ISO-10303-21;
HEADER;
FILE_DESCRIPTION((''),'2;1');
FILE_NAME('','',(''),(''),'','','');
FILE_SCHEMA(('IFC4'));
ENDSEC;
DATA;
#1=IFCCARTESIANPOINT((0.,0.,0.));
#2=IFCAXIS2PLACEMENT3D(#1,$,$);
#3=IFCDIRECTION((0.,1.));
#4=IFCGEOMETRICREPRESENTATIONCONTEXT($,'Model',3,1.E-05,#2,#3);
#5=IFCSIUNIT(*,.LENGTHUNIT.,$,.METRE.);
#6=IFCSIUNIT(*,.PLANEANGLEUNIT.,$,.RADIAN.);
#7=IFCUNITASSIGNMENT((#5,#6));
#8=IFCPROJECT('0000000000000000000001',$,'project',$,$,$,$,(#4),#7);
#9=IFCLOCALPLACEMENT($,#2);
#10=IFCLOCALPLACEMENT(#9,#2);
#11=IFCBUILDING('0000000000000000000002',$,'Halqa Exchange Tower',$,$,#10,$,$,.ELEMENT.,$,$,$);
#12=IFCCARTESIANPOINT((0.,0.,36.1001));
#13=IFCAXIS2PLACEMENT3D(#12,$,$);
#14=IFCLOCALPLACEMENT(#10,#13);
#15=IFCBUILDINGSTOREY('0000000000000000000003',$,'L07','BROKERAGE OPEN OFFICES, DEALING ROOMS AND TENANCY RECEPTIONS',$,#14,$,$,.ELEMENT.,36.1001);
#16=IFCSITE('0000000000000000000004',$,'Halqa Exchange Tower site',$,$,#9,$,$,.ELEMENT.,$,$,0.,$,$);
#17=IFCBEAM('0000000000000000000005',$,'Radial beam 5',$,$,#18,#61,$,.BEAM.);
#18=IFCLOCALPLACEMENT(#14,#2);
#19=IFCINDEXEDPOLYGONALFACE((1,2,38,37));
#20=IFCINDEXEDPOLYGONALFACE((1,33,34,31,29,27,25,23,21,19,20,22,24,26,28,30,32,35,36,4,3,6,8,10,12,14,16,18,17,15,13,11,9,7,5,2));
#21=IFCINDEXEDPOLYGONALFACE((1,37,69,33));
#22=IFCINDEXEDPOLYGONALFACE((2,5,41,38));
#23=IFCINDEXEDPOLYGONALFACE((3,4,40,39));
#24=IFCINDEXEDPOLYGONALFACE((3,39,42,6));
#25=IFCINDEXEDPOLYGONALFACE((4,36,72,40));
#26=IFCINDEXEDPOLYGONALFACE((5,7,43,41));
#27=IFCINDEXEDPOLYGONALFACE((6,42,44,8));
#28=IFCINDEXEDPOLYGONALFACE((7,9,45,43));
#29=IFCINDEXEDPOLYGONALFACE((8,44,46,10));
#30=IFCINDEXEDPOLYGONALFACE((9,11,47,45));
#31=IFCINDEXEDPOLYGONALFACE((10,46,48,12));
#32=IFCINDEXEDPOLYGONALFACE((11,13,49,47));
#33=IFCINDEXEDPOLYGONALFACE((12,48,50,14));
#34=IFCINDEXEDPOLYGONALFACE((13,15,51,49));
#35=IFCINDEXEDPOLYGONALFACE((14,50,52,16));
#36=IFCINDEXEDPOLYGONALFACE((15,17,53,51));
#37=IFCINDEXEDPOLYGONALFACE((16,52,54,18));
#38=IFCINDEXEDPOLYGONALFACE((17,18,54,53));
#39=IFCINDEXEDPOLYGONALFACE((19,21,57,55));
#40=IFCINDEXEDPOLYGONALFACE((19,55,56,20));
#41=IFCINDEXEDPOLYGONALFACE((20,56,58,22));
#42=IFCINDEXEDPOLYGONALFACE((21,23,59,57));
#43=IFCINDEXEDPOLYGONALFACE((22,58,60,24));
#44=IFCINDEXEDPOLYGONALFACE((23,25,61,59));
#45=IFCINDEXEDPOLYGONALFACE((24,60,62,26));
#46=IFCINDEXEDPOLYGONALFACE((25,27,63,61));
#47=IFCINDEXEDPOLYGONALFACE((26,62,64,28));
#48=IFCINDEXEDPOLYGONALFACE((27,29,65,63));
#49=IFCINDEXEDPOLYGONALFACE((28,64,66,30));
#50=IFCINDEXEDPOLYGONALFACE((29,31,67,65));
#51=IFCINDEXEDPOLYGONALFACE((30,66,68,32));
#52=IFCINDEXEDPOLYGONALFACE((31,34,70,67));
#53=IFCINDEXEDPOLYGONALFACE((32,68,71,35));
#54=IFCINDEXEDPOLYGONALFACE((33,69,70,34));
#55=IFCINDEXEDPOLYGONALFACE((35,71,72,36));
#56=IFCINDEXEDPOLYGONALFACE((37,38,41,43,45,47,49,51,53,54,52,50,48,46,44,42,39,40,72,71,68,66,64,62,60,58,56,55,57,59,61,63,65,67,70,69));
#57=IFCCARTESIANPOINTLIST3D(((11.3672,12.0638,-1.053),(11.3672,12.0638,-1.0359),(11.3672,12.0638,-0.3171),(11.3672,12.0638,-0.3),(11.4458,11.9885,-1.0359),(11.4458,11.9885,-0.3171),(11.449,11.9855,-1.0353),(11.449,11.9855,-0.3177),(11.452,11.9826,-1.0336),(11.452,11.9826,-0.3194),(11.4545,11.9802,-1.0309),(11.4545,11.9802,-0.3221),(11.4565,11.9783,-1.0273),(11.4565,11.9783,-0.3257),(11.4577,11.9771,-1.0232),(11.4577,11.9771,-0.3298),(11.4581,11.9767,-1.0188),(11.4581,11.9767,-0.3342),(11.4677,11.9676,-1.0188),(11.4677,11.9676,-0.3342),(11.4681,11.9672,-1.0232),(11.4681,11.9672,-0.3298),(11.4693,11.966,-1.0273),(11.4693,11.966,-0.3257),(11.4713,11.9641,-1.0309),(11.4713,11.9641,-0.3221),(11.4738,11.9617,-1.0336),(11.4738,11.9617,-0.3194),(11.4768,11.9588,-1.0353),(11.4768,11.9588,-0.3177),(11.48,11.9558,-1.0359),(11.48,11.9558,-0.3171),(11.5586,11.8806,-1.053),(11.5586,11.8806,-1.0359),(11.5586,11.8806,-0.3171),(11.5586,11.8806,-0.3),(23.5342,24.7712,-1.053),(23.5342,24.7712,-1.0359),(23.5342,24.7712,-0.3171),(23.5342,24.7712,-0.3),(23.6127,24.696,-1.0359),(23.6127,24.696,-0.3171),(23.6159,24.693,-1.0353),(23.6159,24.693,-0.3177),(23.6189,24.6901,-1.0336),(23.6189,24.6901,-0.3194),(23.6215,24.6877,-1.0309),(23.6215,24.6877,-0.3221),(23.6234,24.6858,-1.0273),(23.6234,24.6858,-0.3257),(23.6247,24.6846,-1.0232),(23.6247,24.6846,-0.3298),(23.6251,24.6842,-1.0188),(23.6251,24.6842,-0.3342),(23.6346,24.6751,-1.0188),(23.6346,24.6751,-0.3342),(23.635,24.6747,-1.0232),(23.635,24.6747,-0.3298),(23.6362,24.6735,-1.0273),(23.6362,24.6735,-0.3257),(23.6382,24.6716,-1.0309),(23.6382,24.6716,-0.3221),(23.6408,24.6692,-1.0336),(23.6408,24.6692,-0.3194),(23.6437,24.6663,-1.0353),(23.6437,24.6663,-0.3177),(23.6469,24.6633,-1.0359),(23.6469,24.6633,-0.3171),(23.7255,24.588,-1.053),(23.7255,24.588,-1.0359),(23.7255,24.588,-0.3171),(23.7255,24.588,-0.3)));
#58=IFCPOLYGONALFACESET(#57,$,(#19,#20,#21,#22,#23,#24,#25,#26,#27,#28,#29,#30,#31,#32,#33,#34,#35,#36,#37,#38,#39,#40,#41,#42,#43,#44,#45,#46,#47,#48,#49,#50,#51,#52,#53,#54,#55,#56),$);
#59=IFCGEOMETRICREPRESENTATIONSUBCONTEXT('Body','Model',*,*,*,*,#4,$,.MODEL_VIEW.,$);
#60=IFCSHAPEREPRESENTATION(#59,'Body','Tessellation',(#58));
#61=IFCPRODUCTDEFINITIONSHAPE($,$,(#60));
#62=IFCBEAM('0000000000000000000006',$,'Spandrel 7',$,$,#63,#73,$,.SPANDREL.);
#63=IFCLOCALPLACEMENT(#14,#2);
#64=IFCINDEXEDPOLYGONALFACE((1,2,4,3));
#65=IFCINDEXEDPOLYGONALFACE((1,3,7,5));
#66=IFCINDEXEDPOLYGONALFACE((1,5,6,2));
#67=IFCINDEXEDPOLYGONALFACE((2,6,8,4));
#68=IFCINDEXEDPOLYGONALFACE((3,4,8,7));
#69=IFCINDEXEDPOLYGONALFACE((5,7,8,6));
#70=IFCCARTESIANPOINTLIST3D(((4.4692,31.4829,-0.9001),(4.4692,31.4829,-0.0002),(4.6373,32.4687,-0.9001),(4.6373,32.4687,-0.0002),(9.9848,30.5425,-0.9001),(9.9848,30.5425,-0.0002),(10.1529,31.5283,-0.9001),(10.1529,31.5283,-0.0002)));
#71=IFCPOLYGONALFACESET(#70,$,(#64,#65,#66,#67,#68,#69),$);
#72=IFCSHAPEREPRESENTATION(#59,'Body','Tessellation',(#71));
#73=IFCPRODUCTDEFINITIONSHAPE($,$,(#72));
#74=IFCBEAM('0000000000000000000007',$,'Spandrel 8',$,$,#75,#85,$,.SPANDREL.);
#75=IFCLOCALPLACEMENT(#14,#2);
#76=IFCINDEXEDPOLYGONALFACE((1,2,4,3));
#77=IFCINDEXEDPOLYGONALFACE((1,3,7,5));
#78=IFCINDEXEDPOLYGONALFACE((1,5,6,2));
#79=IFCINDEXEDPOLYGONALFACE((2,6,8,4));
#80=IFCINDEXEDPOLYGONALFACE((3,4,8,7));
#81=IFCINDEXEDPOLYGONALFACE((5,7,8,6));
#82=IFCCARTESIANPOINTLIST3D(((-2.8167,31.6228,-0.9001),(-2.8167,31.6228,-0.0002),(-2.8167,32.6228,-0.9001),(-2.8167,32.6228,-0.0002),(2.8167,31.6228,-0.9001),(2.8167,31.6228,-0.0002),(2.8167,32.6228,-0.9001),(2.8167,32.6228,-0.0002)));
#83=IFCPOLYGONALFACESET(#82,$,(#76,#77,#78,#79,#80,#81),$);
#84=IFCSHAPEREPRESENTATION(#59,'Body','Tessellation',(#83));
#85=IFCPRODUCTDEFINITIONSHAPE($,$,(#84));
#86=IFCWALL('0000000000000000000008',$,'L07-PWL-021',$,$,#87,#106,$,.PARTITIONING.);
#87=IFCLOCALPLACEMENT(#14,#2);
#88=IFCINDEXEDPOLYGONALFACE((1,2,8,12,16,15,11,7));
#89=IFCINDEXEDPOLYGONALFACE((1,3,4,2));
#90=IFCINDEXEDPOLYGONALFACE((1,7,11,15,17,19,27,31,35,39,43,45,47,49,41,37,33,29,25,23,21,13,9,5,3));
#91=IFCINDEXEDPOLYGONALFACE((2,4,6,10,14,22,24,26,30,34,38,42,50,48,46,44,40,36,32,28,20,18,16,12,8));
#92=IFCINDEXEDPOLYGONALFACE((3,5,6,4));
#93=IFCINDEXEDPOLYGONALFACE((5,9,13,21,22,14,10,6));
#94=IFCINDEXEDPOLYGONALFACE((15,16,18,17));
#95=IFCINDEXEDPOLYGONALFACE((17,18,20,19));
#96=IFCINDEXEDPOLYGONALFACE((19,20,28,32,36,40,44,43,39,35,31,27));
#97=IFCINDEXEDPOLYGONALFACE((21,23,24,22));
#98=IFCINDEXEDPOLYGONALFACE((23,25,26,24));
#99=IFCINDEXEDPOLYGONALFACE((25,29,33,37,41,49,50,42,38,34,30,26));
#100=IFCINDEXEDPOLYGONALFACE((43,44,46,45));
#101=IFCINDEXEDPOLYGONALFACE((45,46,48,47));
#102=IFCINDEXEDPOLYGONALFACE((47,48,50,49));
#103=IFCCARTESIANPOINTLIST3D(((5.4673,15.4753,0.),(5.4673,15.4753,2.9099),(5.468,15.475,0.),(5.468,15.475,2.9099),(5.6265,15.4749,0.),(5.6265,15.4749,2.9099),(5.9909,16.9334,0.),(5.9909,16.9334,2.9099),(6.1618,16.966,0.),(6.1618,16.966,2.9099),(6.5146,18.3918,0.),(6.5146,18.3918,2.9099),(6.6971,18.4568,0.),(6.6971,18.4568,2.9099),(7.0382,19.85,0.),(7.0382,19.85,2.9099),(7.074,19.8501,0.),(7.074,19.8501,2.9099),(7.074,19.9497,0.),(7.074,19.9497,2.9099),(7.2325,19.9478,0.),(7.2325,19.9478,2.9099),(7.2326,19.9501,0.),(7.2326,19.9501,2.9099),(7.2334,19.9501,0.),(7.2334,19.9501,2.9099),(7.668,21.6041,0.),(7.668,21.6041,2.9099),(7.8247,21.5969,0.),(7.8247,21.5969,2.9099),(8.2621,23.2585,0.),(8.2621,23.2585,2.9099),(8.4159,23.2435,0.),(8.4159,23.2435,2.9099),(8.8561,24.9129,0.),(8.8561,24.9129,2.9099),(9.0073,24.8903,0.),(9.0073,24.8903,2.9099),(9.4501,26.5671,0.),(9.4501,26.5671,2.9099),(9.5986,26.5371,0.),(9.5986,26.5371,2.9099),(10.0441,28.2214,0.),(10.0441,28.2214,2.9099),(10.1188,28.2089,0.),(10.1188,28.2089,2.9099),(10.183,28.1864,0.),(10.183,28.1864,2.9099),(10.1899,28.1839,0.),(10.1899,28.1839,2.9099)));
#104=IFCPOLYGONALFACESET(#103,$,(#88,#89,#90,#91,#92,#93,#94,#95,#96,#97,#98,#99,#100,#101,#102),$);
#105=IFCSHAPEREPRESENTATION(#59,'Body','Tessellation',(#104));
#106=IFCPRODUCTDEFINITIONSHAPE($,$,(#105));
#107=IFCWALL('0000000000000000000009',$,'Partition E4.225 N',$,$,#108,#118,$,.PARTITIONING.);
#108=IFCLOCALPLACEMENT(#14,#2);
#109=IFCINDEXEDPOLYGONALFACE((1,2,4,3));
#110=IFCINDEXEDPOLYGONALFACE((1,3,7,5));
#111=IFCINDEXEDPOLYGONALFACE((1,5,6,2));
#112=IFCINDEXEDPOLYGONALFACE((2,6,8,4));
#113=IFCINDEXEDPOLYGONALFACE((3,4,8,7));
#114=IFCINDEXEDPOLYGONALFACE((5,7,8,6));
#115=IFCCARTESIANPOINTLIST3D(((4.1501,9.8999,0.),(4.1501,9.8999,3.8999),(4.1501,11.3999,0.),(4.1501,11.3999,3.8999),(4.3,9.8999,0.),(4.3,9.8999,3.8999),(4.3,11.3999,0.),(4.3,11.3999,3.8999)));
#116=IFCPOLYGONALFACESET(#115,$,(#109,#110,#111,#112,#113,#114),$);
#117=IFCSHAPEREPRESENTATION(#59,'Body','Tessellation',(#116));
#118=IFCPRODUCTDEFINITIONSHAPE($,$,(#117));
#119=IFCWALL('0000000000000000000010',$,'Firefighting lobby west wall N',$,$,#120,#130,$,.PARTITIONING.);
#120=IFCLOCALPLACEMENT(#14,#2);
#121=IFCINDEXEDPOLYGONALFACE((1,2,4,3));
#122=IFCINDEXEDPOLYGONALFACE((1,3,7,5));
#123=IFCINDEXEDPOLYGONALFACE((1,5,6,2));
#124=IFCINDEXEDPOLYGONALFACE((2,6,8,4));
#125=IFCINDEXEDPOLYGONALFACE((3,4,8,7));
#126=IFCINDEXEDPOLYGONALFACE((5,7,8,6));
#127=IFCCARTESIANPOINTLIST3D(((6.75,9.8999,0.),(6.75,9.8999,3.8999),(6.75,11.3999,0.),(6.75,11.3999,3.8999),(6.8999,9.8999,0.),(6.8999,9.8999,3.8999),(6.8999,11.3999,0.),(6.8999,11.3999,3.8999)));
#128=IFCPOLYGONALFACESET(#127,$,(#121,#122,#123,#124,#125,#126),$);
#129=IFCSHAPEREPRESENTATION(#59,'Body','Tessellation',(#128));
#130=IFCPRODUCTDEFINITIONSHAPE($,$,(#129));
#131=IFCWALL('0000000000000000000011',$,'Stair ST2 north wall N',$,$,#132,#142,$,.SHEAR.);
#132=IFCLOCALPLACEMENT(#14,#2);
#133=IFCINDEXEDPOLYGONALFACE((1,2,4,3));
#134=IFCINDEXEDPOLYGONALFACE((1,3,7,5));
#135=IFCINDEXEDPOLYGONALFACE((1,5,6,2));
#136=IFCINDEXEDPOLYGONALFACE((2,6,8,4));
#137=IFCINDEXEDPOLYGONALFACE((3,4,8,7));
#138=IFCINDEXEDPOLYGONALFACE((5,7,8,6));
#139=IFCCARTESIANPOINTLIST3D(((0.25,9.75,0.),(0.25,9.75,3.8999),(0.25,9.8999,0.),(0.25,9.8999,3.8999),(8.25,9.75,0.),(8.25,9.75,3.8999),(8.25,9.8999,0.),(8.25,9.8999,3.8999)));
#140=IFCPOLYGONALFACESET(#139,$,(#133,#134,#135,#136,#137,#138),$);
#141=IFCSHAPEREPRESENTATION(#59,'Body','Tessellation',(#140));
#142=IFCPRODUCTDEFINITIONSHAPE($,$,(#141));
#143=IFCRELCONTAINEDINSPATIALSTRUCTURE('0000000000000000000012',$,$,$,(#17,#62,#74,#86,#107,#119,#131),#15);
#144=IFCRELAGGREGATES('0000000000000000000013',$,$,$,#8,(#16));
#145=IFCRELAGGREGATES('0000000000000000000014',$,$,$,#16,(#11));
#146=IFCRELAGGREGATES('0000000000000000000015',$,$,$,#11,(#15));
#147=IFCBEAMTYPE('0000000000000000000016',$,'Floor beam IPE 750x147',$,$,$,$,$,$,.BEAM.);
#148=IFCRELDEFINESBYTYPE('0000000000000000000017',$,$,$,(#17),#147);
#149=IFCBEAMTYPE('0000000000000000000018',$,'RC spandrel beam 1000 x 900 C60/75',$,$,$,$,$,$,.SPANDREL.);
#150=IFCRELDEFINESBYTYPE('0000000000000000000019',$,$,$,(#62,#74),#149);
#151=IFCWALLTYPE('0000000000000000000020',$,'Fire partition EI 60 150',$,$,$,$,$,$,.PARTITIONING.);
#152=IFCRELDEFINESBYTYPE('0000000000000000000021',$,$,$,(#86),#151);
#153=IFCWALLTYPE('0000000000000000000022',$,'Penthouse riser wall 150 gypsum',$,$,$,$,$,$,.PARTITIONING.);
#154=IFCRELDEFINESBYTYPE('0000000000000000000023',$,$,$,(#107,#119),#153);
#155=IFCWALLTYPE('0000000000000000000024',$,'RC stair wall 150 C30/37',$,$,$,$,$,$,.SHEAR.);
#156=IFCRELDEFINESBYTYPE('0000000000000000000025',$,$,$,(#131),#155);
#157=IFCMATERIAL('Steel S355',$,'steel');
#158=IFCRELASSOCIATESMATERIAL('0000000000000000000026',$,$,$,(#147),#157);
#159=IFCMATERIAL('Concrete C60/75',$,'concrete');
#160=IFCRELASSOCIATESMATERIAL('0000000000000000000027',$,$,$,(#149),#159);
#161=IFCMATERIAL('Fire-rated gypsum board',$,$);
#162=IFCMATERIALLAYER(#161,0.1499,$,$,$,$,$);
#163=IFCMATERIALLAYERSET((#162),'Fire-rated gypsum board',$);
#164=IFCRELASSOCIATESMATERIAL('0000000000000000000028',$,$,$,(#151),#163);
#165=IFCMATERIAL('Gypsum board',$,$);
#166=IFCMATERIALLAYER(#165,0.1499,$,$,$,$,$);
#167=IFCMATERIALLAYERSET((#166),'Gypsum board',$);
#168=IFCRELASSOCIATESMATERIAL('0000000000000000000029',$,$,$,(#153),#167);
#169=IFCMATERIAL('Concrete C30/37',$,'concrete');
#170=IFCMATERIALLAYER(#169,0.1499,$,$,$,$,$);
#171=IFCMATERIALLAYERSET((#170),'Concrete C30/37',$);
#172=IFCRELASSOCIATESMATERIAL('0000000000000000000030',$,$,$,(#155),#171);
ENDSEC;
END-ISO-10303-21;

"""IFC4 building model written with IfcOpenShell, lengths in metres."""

from ifc_helpers import new_model, si_unit, direction, frame, frame_2d, origin, origin_2d, place, context, subcontext, project, spatial, polyline, rectangle, i_section, outline, extrude, material, layer, layer_set, material_profile, profile_set, type_object, element, save


model = new_model("IFC4")

# Units and contexts
model_context = context("Model", 3, precision=1e-05, world=origin(), true_north=direction((0.0, 1.0)))
body_context = subcontext(model_context, "Body", "Model", "MODEL_VIEW")
ifc_project = project(units=[si_unit("LENGTHUNIT", "METRE"), si_unit("PLANEANGLEUNIT", "RADIAN")], contexts=[model_context])

# Site, building, storey
site_placement = place(None, origin())
site = spatial("IfcSite", under=ifc_project, at=site_placement, Name="Halqa Exchange Tower site", CompositionType="ELEMENT", RefElevation=0.0)
building_placement = place(site_placement, origin())
building = spatial("IfcBuilding", under=site, at=building_placement, Name="Halqa Exchange Tower", CompositionType="ELEMENT")
storey_placement = place(building_placement, frame((0.0, 0.0, 36.1001)))
storey = spatial("IfcBuildingStorey", under=building, at=storey_placement, Name="L07", Description="BROKERAGE OPEN OFFICES, DEALING ROOMS AND TENANCY RECEPTIONS", CompositionType="ELEMENT", Elevation=36.1001)

# Beams
ifc_material_1 = material(Name="Steel S355", Category="steel")
ifc_material_profile_1 = material_profile(ifc_material_1, i_section(OverallWidth=0.2649, OverallDepth=0.7529, WebThickness=0.0132, FlangeThickness=0.0171, FilletRadius=0.0171, at=origin_2d()), Name="IPE 750x147")
ifc_profile_set_1 = profile_set([ifc_material_profile_1], Name="Steel S355")
beam_type_1 = type_object("IfcBeamType", Name="Floor beam IPE 750x147", PredefinedType="BEAM", material=ifc_profile_set_1)
beam_1_placement = place(storey_placement, frame((11.4629, 11.9722, -0.6765), z_axis=(0.691578, 0.722302, 0.0), x_axis=(-0.722302, 0.691578, 0.0)))
element("IfcBeam", 1, at=beam_1_placement, inside=storey, type_object=beam_type_1, Name="Radial beam 5", PredefinedType="BEAM", context=body_context, shape_type="SweptSolid", body=[
    extrude(i_section(OverallWidth=0.2649, OverallDepth=0.7529, WebThickness=0.0132, FlangeThickness=0.0171, FilletRadius=0.0171, at=origin_2d()), origin(), (0.0, 0.0, 1.0), 17.593),
])
ifc_material_2 = material(Name="Concrete C60/75", Category="concrete")
ifc_material_profile_2 = material_profile(ifc_material_2, rectangle(XDim=1.0, YDim=0.8999, at=origin_2d()), Name="1000 x 900")
ifc_profile_set_2 = profile_set([ifc_material_profile_2], Name="Concrete C60/75")
beam_type_2 = type_object("IfcBeamType", Name="RC spandrel beam 1000 x 900 C60/75", PredefinedType="SPANDREL", material=ifc_profile_set_2)
beam_2_placement = place(storey_placement, frame((10.0688, 31.0354, -0.4502), z_axis=(-0.985774, 0.168077, 0.0), x_axis=(-0.168077, -0.985774, 0.0)))
element("IfcBeam", 2, at=beam_2_placement, inside=storey, type_object=beam_type_2, Name="Spandrel 7", PredefinedType="SPANDREL", context=body_context, shape_type="SweptSolid", body=[
    extrude(rectangle(XDim=1.0, YDim=0.8999, at=origin_2d()), origin(), (0.0, 0.0, 1.0), 5.5952),
])
beam_3_placement = place(storey_placement, frame((2.8167, 32.1228, -0.4502), z_axis=(-1.0, 0.0, 0.0), x_axis=(0.0, -1.0, 0.0)))
element("IfcBeam", 3, at=beam_3_placement, inside=storey, type_object=beam_type_2, Name="Spandrel 8", PredefinedType="SPANDREL", context=body_context, shape_type="SweptSolid", body=[
    extrude(rectangle(XDim=1.0, YDim=0.8999, at=origin_2d()), origin(), (0.0, 0.0, 1.0), 5.6333),
])

# Wall
ifc_material_3 = material(Name="Fire-rated gypsum board")
ifc_layer_1 = layer(ifc_material_3, 0.1499)
ifc_layer_set_1 = layer_set([ifc_layer_1], Name="Fire-rated gypsum board")
wall_type_1 = type_object("IfcWallType", Name="Fire partition EI 60 150", PredefinedType="PARTITIONING", material=ifc_layer_set_1)
wall_1_placement = place(storey_placement, frame((5.5378, 15.45, 0.0), z_axis=(0.0, 0.0, 1.0), x_axis=(0.337949, 0.941164, 0.0)))
element("IfcWall", 4, at=wall_1_placement, inside=storey, type_object=wall_type_1, Name="L07-PWL-021", PredefinedType="PARTITIONING", context=body_context, shape_type="SweptSolid", body=[
    extrude(outline(polyline([(0.0535, -0.075), (1.6377, -0.075), (3.2217, -0.075), (4.8059, -0.075), (4.8081, -0.0742), (4.8083, -0.075), (6.5581, -0.075), (8.3076, -0.075), (10.0574, -0.075), (11.8071, -0.075), (13.5569, -0.075), (13.5569, -0.0676), (13.5564, 0.0005), (13.543, 0.075), (11.7852, 0.075), (10.0276, 0.075), (8.2698, 0.075), (6.512, 0.075), (4.7542, 0.075), (4.6604, 0.0413), (4.6482, 0.075), (3.0989, 0.075), (1.5493, 0.075), (0.0, 0.075), (0.0, 0.0742), (0.0535, -0.075)])), origin(), (0.0, 0.0, 1.0), 2.9099),
])

# Shared definitions
ifc_material_4 = material(Name="Gypsum board")

# Walls
ifc_layer_2 = layer(ifc_material_4, 0.1499)
ifc_layer_set_2 = layer_set([ifc_layer_2], Name="Gypsum board")
wall_type_2 = type_object("IfcWallType", Name="Penthouse riser wall 150 gypsum", PredefinedType="PARTITIONING", material=ifc_layer_set_2)
for number, where, z_axis, x_axis, name in (
    (5, (4.2251, 9.8999, 0.0), (0.0, 0.0, 1.0), (0.0, 1.0, 0.0), "Partition E4.225 N"),
    (6, (6.825, 9.8999, 0.0), (0.0, 0.0, 1.0), (0.0, 1.0, 0.0), "Firefighting lobby west wall N"),
):
    element("IfcWall", number, at=place(storey_placement, frame(where, z_axis=z_axis, x_axis=x_axis)), inside=storey, type_object=wall_type_2, Name=name, PredefinedType="PARTITIONING", context=body_context, shape_type="SweptSolid", body=[
        extrude(rectangle(XDim=1.5, YDim=0.1499, at=frame_2d((0.75, 0.0))), origin(), (0.0, 0.0, 1.0), 3.8999),
    ])
ifc_material_5 = material(Name="Concrete C30/37", Category="concrete")
ifc_layer_3 = layer(ifc_material_5, 0.1499)
ifc_layer_set_3 = layer_set([ifc_layer_3], Name="Concrete C30/37")
wall_type_3 = type_object("IfcWallType", Name="RC stair wall 150 C30/37", PredefinedType="SHEAR", material=ifc_layer_set_3)
wall_2_placement = place(storey_placement, frame((0.25, 9.825, 0.0), z_axis=(0.0, 0.0, 1.0), x_axis=(1.0, 0.0, 0.0)))
element("IfcWall", 7, at=wall_2_placement, inside=storey, type_object=wall_type_3, Name="Stair ST2 north wall N", PredefinedType="SHEAR", context=body_context, shape_type="SweptSolid", body=[
    extrude(rectangle(XDim=8.0, YDim=0.1499, at=frame_2d((4.0, 0.0))), origin(), (0.0, 0.0, 1.0), 3.8999),
])

save(model, "model.ifc")
